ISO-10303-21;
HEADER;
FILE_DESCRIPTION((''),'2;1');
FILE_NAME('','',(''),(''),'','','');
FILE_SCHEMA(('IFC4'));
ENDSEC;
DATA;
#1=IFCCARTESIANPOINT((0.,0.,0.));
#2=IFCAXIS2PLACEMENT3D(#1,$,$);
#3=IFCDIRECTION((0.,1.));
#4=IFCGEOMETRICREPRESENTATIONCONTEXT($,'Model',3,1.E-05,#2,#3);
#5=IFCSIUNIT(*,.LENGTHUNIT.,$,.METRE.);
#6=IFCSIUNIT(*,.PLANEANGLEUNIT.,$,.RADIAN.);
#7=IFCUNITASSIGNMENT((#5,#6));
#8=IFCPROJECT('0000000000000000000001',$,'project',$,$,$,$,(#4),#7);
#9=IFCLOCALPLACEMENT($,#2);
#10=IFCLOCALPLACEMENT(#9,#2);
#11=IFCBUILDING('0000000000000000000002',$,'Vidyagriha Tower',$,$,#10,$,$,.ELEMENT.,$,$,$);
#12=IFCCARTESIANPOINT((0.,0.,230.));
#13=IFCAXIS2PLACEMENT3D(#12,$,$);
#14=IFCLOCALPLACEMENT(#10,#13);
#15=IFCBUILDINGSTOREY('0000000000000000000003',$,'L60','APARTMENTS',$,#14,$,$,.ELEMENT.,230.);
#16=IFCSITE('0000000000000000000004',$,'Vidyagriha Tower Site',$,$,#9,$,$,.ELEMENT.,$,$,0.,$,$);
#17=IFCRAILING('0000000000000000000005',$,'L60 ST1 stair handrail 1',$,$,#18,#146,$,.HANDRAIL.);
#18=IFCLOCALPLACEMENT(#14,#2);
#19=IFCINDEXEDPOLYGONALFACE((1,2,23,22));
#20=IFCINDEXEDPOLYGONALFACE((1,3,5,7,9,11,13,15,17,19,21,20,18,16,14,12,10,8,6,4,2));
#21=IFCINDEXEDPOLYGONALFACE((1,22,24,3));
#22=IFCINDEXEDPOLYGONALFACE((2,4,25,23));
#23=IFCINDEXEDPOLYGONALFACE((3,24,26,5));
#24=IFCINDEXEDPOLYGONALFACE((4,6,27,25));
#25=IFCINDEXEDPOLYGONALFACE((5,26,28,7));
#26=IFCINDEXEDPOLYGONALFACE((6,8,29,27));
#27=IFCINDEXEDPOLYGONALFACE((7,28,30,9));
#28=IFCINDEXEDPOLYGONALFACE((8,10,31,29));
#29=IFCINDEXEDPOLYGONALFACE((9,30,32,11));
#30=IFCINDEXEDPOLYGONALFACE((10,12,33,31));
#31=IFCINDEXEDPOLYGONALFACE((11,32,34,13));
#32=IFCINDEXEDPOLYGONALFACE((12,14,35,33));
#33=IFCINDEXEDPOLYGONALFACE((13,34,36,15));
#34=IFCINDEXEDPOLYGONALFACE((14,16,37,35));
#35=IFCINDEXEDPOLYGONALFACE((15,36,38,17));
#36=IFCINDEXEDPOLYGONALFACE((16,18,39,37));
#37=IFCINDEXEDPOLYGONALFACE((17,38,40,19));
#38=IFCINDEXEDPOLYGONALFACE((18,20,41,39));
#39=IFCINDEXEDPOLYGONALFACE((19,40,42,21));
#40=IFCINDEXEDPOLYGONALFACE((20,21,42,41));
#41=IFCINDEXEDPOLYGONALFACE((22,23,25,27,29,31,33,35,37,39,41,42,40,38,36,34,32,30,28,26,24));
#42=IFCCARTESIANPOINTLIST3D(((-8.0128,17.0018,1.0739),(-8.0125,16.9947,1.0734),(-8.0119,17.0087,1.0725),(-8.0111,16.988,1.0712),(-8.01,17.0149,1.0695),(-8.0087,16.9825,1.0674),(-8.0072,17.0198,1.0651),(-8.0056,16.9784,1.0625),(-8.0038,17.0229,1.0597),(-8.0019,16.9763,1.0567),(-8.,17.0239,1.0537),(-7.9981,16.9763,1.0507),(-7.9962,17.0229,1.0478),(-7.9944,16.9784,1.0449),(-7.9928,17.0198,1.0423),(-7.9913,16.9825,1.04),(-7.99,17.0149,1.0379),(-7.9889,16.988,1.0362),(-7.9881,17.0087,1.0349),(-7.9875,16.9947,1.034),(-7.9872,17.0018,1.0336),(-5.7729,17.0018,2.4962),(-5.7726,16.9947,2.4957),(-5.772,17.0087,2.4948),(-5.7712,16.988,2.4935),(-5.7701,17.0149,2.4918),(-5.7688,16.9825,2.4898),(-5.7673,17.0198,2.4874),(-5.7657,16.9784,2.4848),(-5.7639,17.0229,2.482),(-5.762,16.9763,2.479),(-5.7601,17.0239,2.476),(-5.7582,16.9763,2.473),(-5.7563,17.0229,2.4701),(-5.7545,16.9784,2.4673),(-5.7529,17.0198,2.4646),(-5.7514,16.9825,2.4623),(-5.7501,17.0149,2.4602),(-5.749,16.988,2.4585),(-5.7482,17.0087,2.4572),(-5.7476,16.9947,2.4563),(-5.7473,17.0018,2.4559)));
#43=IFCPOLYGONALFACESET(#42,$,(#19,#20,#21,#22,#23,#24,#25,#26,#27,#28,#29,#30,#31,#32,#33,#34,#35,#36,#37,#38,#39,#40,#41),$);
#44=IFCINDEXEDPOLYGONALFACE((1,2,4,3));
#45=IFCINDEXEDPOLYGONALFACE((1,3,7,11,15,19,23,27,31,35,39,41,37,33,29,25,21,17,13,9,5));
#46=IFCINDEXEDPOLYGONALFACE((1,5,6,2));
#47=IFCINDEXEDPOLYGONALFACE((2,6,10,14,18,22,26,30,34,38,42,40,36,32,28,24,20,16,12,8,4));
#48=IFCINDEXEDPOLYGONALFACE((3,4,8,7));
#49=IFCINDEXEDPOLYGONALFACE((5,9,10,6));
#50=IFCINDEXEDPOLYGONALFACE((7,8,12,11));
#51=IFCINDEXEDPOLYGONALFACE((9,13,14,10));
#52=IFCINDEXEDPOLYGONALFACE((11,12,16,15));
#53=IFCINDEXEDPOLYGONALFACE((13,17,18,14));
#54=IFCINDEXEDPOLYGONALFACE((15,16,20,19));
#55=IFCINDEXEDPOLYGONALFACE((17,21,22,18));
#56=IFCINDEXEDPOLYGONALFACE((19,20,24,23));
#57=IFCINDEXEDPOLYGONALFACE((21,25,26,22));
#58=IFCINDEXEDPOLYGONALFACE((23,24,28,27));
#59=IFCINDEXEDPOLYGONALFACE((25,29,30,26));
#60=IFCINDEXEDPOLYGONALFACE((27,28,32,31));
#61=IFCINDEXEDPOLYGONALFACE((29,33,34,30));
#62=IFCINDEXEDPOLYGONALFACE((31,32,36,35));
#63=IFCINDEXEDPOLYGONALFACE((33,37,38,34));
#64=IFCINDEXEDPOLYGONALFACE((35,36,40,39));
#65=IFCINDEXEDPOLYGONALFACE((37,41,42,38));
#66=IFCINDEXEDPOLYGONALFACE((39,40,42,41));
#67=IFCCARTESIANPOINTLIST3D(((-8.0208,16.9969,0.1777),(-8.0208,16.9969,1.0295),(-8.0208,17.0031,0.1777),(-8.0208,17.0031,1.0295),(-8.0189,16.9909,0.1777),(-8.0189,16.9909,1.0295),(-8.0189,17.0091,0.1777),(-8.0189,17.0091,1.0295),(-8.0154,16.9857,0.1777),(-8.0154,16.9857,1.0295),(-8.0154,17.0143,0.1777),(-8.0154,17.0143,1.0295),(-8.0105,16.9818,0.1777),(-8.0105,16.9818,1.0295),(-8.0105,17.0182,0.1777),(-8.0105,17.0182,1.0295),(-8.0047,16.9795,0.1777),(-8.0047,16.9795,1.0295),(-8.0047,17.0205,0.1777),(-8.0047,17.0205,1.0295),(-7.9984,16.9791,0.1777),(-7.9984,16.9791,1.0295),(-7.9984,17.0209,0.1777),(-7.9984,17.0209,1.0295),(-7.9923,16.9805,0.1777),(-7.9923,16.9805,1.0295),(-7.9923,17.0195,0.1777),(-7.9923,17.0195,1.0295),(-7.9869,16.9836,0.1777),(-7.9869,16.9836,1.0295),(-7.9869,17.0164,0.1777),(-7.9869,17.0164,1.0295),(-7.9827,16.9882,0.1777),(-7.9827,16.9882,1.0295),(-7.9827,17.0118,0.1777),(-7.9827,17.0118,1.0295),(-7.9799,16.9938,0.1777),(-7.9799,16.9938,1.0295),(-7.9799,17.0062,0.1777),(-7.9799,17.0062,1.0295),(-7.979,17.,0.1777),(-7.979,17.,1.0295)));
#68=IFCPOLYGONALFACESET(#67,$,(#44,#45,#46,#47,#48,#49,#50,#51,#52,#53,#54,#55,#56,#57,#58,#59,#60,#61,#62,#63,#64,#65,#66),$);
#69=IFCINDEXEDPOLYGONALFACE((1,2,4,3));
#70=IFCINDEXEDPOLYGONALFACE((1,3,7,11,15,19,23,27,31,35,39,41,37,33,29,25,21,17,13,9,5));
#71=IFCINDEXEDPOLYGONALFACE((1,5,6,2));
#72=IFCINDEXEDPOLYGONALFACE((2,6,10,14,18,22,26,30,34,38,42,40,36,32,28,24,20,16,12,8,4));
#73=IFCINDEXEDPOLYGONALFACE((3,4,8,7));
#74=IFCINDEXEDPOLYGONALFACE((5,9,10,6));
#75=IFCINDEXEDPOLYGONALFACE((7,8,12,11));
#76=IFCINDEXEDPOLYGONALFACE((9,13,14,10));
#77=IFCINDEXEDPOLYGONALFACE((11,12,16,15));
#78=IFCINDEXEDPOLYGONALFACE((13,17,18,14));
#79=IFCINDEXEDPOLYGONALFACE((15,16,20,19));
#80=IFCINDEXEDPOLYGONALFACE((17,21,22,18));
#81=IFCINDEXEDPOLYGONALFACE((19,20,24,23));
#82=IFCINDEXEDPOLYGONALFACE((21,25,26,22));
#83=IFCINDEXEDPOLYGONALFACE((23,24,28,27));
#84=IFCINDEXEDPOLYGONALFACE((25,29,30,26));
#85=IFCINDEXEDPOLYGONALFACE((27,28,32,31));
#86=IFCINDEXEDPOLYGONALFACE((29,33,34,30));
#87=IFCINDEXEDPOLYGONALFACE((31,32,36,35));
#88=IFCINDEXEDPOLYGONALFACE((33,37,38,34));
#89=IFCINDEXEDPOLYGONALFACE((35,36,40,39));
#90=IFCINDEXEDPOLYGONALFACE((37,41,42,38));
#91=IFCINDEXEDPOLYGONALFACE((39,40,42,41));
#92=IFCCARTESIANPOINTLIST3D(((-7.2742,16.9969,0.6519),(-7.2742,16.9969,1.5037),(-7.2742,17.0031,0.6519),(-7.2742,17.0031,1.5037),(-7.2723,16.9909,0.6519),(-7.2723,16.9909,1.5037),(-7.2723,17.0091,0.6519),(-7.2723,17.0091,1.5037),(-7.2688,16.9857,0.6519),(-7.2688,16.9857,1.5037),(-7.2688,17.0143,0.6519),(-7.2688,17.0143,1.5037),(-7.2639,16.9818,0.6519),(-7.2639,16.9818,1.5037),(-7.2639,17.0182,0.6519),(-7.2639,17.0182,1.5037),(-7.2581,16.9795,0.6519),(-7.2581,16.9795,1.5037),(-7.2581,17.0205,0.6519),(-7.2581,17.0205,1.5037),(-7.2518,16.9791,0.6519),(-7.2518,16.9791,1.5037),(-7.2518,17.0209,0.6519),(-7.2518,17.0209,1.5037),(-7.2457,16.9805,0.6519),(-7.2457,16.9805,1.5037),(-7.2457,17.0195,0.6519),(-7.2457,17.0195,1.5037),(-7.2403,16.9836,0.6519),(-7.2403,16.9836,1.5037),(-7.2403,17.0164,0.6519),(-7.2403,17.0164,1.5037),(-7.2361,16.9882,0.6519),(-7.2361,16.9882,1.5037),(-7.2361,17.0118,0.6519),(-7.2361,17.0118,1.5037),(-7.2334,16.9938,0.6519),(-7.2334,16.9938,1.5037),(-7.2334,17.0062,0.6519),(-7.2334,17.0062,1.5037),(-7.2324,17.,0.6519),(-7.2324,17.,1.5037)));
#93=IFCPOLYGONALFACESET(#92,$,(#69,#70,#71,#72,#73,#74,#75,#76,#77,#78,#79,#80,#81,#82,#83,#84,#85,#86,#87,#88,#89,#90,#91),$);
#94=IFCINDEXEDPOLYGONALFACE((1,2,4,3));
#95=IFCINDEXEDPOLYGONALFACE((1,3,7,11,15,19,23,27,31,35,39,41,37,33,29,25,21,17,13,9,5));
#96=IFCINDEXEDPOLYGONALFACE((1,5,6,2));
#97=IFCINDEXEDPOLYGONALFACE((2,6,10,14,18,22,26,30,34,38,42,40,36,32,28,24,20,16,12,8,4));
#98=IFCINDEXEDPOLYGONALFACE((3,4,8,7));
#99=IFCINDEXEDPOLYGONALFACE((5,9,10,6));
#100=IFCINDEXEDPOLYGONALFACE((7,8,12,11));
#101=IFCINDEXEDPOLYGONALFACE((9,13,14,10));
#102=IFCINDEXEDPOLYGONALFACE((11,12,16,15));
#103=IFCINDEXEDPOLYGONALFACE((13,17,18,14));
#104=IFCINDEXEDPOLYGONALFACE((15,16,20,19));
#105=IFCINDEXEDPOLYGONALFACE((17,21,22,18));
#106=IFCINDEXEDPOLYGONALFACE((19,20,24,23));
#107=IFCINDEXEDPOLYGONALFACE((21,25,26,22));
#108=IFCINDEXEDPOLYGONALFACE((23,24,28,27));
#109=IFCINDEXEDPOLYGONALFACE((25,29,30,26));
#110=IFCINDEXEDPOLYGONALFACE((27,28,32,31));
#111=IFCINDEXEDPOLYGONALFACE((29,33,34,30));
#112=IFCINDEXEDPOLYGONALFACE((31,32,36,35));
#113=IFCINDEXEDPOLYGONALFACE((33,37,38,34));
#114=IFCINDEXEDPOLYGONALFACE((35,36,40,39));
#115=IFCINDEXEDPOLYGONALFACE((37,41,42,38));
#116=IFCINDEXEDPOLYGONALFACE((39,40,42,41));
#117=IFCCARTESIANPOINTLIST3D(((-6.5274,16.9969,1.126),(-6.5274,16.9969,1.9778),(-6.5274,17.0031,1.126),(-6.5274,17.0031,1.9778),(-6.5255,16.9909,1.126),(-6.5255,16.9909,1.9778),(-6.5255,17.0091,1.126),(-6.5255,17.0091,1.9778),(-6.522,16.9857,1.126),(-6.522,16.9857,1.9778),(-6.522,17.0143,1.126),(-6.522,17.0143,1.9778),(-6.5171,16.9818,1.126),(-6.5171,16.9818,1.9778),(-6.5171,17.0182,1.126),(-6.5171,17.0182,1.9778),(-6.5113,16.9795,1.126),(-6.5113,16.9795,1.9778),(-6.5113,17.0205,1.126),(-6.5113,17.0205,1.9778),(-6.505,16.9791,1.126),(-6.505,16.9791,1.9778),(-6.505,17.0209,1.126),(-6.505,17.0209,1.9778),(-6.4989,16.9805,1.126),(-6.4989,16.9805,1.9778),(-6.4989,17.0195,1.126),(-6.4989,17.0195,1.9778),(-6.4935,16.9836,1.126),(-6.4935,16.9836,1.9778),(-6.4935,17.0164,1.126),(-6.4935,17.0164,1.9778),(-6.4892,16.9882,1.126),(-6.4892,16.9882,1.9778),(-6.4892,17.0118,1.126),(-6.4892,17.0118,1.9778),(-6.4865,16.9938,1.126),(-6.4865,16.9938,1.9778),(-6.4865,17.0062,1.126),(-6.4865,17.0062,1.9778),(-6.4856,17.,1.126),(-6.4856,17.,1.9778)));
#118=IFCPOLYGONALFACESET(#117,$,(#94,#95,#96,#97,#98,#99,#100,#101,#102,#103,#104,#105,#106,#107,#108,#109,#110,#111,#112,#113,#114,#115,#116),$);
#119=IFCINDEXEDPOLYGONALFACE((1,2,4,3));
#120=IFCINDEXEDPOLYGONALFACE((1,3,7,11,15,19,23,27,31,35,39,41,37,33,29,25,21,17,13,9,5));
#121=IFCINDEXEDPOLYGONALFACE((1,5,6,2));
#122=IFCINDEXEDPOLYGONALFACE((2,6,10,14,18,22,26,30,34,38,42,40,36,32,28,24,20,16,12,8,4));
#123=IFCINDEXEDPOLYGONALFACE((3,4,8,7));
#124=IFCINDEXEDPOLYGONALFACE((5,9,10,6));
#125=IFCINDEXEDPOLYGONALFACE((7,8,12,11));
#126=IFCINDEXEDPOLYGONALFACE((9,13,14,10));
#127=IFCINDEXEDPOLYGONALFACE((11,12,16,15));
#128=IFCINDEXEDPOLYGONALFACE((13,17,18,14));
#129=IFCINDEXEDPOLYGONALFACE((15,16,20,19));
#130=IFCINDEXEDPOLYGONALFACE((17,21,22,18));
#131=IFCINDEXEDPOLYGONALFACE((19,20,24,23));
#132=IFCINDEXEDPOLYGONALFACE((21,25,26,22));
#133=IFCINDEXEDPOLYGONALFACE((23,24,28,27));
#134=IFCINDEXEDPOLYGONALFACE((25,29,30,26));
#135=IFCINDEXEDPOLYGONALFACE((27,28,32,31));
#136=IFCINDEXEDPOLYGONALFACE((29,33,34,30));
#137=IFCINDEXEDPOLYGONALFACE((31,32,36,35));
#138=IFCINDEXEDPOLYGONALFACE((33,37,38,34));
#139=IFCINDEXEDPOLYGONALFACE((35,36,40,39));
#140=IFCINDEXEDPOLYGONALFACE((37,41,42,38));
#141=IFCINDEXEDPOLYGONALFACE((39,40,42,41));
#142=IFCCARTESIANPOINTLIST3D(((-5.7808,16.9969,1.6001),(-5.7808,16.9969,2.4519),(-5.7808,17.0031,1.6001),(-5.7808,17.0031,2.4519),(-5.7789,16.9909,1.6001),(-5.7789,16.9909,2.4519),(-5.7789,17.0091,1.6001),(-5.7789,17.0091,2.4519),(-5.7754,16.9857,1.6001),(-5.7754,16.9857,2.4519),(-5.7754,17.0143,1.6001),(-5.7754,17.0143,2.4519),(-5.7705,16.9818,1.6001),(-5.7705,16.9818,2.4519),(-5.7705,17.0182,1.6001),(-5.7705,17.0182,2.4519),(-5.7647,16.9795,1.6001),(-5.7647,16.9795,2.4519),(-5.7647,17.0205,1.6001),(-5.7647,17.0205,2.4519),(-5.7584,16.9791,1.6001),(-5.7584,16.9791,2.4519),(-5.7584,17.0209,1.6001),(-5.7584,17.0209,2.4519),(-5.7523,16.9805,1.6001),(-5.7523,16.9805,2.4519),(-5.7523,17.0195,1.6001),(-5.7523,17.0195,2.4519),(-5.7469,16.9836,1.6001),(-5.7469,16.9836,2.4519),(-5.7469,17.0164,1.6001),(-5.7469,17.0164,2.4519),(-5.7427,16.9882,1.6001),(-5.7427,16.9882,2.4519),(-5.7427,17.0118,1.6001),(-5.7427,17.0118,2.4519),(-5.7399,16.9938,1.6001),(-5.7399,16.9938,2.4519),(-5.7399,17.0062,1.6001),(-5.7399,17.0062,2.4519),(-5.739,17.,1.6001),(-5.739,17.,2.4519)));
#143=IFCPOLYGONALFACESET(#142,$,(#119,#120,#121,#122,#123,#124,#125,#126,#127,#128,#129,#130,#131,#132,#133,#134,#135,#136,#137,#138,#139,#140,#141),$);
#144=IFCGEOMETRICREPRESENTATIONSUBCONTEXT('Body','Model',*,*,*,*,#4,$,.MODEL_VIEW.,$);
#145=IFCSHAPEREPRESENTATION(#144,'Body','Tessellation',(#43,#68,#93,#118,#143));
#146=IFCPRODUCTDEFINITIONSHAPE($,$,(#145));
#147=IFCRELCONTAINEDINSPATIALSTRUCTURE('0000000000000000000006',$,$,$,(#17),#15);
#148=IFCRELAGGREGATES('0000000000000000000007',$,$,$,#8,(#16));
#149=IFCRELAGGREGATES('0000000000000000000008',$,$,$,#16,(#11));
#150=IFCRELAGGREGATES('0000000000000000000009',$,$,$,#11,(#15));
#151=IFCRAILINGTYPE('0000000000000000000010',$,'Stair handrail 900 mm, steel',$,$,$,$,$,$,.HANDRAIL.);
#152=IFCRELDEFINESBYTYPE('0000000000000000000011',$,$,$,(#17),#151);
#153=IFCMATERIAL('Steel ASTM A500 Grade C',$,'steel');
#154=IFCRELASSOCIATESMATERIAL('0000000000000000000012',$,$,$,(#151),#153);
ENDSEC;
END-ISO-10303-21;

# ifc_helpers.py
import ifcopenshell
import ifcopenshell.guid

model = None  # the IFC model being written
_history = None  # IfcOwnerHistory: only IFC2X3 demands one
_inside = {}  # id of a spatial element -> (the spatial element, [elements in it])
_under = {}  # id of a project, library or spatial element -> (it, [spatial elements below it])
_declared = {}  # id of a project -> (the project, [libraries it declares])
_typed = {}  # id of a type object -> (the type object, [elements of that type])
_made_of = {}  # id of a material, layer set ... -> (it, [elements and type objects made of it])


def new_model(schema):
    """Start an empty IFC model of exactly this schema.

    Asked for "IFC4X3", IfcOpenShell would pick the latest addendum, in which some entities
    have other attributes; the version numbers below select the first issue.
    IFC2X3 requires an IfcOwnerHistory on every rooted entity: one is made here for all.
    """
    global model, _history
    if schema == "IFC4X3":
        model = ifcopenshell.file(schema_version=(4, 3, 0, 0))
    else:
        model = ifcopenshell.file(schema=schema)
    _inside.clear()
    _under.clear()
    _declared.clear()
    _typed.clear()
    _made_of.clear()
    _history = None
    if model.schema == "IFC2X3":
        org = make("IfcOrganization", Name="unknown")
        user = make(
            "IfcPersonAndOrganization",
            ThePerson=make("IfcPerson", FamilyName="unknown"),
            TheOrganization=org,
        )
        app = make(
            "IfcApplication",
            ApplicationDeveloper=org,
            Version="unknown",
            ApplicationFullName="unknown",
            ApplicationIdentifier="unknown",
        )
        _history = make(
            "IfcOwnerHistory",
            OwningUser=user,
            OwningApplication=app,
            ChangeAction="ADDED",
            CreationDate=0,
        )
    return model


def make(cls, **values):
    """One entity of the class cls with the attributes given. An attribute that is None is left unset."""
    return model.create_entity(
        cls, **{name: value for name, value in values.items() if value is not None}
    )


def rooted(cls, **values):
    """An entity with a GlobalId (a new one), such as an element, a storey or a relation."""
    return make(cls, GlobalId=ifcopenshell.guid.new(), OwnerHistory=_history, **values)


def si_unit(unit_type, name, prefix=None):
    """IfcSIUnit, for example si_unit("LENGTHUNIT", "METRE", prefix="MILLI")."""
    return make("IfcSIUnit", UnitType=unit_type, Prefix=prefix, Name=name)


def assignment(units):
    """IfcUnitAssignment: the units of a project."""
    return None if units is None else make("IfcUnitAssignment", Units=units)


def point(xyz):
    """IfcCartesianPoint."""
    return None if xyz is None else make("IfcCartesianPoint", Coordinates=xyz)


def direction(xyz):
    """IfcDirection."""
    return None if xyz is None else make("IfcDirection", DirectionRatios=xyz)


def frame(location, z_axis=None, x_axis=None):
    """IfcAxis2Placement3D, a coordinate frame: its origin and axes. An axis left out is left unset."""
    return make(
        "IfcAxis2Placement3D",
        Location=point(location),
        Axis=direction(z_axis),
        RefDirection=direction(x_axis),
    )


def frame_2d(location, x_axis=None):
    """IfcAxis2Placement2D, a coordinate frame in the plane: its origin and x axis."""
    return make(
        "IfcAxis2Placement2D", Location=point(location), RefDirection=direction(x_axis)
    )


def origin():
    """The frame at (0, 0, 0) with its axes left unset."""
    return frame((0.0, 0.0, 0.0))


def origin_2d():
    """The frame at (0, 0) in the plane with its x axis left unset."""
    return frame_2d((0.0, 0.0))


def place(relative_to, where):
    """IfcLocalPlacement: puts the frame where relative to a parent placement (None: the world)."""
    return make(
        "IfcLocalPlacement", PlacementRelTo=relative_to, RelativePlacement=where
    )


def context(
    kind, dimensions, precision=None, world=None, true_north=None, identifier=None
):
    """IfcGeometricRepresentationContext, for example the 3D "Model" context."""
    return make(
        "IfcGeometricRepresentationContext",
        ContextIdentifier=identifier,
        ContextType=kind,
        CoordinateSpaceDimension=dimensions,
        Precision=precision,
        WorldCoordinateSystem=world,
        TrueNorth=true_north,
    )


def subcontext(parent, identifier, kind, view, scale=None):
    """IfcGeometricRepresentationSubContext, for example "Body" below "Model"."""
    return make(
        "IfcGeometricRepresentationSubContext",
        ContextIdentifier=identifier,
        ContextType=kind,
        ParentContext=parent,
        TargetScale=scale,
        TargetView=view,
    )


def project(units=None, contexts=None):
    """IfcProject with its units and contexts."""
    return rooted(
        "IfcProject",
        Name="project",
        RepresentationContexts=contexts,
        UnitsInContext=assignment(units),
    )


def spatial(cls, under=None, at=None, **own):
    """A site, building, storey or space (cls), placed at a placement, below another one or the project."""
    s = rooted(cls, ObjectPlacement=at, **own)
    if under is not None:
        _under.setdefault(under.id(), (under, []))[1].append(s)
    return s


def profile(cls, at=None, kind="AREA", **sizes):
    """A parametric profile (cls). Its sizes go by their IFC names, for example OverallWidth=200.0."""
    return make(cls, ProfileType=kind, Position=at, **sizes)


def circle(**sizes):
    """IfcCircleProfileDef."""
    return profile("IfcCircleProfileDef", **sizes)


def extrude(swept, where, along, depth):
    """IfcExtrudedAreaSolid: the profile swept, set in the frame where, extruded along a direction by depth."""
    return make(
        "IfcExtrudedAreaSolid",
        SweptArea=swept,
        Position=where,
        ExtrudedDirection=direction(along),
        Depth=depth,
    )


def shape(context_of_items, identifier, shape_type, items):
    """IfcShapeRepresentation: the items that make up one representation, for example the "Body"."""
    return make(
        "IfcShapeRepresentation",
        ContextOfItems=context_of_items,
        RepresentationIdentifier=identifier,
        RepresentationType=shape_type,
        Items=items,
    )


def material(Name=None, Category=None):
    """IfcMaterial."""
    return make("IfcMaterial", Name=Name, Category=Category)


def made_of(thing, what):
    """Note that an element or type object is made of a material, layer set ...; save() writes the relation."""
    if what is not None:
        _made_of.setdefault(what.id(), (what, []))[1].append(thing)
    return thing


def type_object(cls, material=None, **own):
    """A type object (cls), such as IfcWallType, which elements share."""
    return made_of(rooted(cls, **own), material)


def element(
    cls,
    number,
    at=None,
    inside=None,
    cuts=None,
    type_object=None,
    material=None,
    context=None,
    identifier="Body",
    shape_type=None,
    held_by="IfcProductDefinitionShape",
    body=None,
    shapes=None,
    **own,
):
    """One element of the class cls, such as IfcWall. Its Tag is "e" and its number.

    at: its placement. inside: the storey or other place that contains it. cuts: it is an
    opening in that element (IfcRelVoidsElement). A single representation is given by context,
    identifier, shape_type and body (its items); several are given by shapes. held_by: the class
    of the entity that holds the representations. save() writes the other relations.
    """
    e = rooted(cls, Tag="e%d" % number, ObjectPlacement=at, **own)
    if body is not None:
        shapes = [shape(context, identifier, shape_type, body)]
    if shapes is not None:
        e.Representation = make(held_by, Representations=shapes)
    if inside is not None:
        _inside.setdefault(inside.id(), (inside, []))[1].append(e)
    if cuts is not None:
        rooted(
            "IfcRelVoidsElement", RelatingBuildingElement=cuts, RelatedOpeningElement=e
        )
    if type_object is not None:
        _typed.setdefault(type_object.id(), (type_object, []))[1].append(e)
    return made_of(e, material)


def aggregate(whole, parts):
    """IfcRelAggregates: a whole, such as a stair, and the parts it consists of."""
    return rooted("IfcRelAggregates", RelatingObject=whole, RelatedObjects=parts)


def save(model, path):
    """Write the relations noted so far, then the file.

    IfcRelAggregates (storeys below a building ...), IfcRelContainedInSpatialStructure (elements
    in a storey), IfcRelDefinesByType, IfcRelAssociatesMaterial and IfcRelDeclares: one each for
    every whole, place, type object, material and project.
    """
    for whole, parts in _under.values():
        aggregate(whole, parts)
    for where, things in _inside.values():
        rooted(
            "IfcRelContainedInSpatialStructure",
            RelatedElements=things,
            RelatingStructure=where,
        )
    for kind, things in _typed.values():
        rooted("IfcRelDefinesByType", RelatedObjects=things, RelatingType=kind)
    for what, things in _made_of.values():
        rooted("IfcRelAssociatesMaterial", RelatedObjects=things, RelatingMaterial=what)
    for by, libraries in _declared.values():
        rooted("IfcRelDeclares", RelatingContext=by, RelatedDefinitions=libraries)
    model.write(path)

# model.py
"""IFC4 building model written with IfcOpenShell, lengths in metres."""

from ifc_helpers import new_model, si_unit, direction, frame, origin, origin_2d, place, context, subcontext, project, spatial, circle, extrude, material, type_object, element, save


model = new_model("IFC4")

# Units and contexts
model_context = context("Model", 3, precision=1e-05, world=origin(), true_north=direction((0.0, 1.0)))
body_context = subcontext(model_context, "Body", "Model", "MODEL_VIEW")
ifc_project = project(units=[si_unit("LENGTHUNIT", "METRE"), si_unit("PLANEANGLEUNIT", "RADIAN")], contexts=[model_context])

# Site, building, storey
site_placement = place(None, origin())
site = spatial("IfcSite", under=ifc_project, at=site_placement, Name="Vidyagriha Tower Site", CompositionType="ELEMENT", RefElevation=0.0)
building_placement = place(site_placement, origin())
building = spatial("IfcBuilding", under=site, at=building_placement, Name="Vidyagriha Tower", CompositionType="ELEMENT")
storey_placement = place(building_placement, frame((0.0, 0.0, 230.0)))
storey = spatial("IfcBuildingStorey", under=building, at=storey_placement, Name="L60", Description="APARTMENTS", CompositionType="ELEMENT", Elevation=230.0)

# Railing
ifc_material_1 = material(Name="Steel ASTM A500 Grade C", Category="steel")
railing_type_1 = type_object("IfcRailingType", Name="Stair handrail 900 mm, steel", PredefinedType="HANDRAIL", material=ifc_material_1)
railing_1_placement = place(storey_placement, frame((-8.0, 17.0, 0.1777)))
element("IfcRailing", 1, at=railing_1_placement, inside=storey, type_object=railing_type_1, Name="L60 ST1 stair handrail 1", PredefinedType="HANDRAIL", context=body_context, shape_type="SweptSolid", body=[
    extrude(circle(Radius=0.0239, at=origin_2d()), frame((0.0, 0.0, 0.876), z_axis=(0.844188, 0.0, 0.536048), x_axis=(0.0, 1.0, 0.0)), (0.0, 0.0, 1.0), 2.6533),
    extrude(circle(Radius=0.021, at=origin_2d()), origin(), (0.0, 0.0, 1.0), 0.8518),
    extrude(circle(Radius=0.021, at=origin_2d()), frame((0.7466, 0.0, 0.4741)), (0.0, 0.0, 1.0), 0.8518),
    extrude(circle(Radius=0.021, at=origin_2d()), frame((1.4934, 0.0, 0.9482)), (0.0, 0.0, 1.0), 0.8518),
    extrude(circle(Radius=0.021, at=origin_2d()), frame((2.24, 0.0, 1.4224)), (0.0, 0.0, 1.0), 0.8518),
])

save(model, "model.ifc")
